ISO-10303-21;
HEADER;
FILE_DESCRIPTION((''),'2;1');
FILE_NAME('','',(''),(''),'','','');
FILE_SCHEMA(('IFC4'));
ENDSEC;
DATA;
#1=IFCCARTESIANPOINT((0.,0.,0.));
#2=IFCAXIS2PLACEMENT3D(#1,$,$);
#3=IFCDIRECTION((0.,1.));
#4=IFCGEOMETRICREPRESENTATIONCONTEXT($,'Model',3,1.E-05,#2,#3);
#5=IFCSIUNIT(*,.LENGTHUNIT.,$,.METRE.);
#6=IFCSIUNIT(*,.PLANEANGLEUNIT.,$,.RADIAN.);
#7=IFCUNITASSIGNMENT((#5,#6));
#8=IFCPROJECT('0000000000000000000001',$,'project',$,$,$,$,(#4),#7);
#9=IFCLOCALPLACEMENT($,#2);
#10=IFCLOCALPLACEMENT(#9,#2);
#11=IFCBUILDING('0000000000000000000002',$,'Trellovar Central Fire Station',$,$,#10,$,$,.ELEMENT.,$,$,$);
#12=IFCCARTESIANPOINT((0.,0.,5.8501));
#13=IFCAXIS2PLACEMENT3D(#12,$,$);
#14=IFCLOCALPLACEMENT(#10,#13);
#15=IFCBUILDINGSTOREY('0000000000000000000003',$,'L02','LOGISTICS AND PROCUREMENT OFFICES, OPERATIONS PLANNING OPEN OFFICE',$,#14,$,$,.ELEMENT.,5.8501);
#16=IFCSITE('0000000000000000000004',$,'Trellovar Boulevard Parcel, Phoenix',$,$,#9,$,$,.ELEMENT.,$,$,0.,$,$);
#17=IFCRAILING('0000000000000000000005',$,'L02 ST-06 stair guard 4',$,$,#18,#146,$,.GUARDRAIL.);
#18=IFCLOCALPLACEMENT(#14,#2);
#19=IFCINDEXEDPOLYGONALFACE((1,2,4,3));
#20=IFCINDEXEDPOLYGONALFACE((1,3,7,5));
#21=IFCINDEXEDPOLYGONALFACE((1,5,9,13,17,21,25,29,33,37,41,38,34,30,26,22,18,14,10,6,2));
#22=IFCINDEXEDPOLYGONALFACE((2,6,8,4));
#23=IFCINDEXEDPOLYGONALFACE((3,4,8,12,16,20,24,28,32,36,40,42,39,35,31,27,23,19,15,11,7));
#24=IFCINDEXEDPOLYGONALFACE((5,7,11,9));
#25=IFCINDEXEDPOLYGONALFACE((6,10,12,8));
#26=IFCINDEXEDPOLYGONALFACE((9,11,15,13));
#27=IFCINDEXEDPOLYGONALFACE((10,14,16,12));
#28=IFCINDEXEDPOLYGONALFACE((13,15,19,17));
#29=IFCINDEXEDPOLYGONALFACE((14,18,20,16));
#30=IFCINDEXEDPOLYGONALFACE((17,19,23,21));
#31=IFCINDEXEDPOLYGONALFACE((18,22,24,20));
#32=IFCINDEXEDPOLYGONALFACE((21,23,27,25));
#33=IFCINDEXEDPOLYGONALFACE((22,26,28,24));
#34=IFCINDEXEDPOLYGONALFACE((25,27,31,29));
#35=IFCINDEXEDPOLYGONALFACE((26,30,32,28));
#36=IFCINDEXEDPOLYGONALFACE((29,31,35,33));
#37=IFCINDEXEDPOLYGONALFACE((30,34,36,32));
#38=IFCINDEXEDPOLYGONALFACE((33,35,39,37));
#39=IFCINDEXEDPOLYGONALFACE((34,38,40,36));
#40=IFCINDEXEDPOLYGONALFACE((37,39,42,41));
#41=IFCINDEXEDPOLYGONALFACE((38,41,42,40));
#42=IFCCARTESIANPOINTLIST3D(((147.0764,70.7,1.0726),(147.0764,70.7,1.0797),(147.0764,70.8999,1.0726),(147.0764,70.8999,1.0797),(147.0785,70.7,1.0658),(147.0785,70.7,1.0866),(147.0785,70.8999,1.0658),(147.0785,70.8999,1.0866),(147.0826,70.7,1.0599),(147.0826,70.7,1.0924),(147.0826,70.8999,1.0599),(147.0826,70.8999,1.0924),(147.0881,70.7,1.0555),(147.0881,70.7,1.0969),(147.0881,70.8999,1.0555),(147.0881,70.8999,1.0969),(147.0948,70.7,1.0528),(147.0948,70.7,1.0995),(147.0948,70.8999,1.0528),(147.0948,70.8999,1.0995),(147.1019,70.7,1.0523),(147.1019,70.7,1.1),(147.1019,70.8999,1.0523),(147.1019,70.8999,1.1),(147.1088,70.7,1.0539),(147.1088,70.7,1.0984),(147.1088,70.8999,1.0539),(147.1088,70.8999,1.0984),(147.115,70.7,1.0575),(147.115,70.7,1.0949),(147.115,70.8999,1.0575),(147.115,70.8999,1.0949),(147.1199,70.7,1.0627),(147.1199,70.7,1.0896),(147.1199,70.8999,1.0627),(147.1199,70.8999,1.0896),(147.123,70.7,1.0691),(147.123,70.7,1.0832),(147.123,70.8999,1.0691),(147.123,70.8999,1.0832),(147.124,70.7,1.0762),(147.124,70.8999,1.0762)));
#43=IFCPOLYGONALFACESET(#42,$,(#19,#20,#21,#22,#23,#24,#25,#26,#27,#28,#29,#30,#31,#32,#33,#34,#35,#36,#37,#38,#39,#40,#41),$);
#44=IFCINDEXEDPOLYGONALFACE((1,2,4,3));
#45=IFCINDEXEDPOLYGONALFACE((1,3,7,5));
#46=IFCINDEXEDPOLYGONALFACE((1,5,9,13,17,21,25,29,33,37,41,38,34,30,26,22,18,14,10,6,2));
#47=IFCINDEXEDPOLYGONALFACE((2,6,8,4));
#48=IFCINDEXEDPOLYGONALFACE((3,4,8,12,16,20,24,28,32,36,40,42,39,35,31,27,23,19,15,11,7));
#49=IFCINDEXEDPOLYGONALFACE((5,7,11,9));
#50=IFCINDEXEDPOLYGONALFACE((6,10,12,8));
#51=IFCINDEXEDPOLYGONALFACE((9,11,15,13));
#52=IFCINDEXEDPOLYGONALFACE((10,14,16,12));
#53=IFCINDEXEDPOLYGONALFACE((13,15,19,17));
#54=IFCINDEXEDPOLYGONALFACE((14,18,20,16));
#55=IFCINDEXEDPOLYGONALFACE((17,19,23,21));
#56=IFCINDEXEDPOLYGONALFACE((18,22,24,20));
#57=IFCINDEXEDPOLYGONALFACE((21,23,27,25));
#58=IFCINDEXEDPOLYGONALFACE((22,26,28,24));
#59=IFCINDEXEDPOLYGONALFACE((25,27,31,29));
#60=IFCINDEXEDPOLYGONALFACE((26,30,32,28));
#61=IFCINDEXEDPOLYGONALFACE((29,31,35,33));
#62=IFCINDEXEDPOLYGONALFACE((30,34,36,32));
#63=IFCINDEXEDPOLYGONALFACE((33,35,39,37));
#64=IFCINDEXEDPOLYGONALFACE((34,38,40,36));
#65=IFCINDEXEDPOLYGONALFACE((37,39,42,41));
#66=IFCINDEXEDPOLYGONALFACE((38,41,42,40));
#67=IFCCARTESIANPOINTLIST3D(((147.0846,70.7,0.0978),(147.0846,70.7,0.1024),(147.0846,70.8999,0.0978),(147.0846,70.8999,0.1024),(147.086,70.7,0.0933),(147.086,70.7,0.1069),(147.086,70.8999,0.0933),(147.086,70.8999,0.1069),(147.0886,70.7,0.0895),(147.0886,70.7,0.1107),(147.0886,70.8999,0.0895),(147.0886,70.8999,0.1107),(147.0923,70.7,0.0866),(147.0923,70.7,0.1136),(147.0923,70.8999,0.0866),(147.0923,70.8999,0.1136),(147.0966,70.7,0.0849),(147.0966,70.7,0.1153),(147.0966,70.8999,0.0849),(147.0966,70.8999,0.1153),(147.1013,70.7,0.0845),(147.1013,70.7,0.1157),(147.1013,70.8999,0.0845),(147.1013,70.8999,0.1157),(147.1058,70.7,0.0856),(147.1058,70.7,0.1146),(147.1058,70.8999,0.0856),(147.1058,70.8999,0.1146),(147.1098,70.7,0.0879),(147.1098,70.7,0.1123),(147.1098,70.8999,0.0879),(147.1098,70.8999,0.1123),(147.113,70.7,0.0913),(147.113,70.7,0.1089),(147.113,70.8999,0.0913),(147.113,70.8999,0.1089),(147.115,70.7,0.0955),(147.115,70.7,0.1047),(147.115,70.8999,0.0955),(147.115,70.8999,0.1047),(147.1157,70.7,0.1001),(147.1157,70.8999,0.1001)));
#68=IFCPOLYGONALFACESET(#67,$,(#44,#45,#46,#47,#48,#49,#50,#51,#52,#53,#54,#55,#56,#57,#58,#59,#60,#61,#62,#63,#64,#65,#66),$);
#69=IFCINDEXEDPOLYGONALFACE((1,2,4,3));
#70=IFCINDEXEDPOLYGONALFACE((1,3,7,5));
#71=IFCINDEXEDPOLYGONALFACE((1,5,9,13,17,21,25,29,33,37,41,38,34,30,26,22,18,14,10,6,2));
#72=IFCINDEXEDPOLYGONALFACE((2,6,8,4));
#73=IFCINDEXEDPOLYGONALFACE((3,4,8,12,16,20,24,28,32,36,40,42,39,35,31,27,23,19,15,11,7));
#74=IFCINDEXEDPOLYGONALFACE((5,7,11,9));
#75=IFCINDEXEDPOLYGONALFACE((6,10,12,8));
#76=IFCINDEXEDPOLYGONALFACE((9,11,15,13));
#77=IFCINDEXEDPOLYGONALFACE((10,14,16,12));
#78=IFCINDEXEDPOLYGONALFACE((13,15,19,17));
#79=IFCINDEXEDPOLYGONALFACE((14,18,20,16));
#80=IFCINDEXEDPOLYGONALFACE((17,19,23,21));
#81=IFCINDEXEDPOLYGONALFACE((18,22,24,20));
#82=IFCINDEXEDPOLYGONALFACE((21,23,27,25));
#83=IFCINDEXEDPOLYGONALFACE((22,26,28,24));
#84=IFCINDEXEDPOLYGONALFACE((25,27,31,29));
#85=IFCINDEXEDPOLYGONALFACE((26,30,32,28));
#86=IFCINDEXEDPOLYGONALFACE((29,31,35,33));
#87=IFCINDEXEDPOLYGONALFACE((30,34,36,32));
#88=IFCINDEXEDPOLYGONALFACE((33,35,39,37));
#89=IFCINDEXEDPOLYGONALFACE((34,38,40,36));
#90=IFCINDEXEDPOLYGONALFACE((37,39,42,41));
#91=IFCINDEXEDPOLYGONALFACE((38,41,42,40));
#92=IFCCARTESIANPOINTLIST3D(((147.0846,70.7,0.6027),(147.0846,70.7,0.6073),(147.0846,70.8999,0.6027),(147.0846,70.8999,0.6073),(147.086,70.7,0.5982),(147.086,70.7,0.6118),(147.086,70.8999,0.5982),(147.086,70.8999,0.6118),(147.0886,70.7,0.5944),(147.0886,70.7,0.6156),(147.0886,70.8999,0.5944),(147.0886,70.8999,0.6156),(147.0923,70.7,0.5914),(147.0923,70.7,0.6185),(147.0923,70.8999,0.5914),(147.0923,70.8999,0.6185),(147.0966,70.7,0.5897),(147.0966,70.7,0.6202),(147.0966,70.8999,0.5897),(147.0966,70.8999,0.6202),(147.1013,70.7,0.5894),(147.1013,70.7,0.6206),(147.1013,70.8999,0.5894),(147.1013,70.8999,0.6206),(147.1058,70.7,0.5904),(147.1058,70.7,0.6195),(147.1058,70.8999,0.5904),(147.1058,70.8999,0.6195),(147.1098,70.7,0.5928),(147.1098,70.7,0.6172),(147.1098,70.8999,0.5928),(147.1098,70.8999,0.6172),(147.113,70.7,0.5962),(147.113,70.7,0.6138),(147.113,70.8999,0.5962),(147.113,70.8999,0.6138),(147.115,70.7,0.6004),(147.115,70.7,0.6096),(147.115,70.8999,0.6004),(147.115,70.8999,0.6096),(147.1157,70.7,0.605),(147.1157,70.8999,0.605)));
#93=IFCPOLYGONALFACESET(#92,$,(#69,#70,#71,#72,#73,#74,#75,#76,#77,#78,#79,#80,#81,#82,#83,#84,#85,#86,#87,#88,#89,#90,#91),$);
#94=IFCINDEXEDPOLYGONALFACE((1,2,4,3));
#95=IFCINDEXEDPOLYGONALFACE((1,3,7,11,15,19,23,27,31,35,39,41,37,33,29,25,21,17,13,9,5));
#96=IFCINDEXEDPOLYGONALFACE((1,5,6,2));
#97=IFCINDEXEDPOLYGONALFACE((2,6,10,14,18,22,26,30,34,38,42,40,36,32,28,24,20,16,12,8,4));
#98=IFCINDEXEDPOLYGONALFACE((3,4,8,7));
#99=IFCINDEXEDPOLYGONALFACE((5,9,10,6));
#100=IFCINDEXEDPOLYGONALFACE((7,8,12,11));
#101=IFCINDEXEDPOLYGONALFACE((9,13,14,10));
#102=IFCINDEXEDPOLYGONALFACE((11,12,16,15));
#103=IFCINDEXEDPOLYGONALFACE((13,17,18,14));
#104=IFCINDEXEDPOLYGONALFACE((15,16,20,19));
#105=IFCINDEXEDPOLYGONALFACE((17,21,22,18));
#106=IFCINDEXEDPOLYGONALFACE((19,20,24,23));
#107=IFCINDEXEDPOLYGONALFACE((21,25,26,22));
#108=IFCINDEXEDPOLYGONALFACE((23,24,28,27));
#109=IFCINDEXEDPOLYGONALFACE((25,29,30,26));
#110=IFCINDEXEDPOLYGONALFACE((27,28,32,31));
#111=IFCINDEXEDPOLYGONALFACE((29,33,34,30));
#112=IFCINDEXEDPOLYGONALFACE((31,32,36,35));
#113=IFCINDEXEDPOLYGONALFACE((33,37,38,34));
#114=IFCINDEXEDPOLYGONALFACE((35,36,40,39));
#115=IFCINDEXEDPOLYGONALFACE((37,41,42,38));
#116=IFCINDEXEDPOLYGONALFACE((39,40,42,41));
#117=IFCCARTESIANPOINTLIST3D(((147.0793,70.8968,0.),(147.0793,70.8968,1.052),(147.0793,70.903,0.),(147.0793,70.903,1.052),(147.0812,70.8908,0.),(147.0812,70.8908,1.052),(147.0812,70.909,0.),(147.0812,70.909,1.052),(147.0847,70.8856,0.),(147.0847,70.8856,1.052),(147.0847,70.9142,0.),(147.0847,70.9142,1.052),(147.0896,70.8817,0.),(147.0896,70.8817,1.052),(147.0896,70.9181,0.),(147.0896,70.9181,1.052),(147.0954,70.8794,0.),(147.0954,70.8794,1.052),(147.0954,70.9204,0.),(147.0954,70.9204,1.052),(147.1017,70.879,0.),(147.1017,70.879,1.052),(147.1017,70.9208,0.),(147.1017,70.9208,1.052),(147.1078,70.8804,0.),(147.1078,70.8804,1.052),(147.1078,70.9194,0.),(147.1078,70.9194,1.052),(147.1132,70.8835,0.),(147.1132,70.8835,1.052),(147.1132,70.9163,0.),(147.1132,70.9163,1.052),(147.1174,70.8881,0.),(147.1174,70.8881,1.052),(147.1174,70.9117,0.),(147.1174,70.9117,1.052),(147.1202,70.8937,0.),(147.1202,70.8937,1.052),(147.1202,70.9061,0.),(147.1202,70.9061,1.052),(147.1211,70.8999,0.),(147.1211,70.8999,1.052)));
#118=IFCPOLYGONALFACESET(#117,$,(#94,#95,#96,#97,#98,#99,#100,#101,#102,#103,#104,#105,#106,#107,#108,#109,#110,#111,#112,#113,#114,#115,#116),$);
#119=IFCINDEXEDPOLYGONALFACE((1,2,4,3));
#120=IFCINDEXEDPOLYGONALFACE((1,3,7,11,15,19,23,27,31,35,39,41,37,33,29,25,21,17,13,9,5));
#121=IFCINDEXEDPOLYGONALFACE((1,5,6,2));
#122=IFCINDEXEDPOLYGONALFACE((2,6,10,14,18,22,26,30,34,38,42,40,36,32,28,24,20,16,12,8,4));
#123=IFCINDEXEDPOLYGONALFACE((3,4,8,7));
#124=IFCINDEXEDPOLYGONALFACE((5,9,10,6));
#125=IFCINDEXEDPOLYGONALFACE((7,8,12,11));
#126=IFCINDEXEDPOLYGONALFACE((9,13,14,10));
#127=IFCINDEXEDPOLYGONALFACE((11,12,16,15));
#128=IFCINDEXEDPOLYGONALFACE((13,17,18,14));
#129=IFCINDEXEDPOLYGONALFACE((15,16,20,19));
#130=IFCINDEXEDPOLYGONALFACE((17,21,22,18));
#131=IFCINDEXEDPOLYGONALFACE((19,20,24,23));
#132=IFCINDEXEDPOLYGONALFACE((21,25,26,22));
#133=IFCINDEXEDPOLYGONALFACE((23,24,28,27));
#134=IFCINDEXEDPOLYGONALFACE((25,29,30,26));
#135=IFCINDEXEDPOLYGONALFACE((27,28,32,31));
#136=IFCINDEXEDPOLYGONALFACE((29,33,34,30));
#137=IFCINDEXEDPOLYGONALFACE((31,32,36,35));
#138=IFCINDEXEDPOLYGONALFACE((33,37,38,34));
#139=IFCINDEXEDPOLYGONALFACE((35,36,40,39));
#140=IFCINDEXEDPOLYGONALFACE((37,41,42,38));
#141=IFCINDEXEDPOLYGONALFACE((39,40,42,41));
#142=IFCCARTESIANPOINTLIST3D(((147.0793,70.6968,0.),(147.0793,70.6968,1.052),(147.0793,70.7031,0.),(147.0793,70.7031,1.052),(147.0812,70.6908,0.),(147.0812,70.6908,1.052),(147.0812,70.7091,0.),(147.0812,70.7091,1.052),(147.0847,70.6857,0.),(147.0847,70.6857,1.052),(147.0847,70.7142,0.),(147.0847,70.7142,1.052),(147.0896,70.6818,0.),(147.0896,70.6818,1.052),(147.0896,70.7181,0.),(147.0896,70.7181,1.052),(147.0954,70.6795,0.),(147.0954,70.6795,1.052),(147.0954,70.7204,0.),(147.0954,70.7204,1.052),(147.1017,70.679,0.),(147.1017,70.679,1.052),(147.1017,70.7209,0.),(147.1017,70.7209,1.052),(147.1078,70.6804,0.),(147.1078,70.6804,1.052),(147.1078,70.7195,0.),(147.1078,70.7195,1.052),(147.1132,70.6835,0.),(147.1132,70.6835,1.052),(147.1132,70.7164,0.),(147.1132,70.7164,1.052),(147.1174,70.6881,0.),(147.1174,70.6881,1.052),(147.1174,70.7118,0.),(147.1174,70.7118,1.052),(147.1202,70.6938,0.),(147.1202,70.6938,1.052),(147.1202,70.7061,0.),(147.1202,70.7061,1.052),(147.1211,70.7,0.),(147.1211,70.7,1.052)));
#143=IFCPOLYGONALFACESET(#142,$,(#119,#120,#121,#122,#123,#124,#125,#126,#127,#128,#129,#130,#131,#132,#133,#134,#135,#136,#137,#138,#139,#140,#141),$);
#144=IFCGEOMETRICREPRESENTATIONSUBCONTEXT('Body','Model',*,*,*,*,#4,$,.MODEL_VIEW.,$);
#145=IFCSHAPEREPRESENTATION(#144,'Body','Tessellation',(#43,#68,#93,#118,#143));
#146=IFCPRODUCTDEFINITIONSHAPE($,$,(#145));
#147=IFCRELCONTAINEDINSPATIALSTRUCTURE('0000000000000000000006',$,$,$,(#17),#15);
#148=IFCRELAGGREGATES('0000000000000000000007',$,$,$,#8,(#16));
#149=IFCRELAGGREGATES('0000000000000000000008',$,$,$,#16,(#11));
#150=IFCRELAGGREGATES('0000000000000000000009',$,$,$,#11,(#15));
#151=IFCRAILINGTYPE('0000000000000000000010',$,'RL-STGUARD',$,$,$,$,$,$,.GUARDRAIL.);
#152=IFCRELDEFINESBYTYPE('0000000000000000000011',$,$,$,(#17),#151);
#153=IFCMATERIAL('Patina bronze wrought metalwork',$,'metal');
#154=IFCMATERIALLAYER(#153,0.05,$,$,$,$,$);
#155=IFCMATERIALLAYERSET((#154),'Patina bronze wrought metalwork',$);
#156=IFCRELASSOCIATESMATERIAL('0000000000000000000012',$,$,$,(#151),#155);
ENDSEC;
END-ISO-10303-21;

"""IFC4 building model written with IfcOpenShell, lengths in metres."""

from ifc_helpers import new_model, si_unit, direction, frame, origin, origin_2d, place, context, subcontext, project, spatial, circle, extrude, material, layer, layer_set, type_object, element, save


model = new_model("IFC4")

# Units and contexts
model_context = context("Model", 3, precision=1e-05, world=origin(), true_north=direction((0.0, 1.0)))
body_context = subcontext(model_context, "Body", "Model", "MODEL_VIEW")
ifc_project = project(units=[si_unit("LENGTHUNIT", "METRE"), si_unit("PLANEANGLEUNIT", "RADIAN")], contexts=[model_context])

# Site, building, storey
site_placement = place(None, origin())
site = spatial("IfcSite", under=ifc_project, at=site_placement, Name="Trellovar Boulevard Parcel, Phoenix", CompositionType="ELEMENT", RefElevation=0.0)
building_placement = place(site_placement, origin())
building = spatial("IfcBuilding", under=site, at=building_placement, Name="Trellovar Central Fire Station", CompositionType="ELEMENT")
storey_placement = place(building_placement, frame((0.0, 0.0, 5.8501)))
storey = spatial("IfcBuildingStorey", under=building, at=storey_placement, Name="L02", Description="LOGISTICS AND PROCUREMENT OFFICES, OPERATIONS PLANNING OPEN OFFICE", CompositionType="ELEMENT", Elevation=5.8501)

# Railing
ifc_material_1 = material(Name="Patina bronze wrought metalwork", Category="metal")
ifc_layer_1 = layer(ifc_material_1, 0.05)
ifc_layer_set_1 = layer_set([ifc_layer_1], Name="Patina bronze wrought metalwork")
railing_type_1 = type_object("IfcRailingType", Name="RL-STGUARD", PredefinedType="GUARDRAIL", material=ifc_layer_set_1)
railing_1_placement = place(storey_placement, frame((147.1001, 70.8999, 0.0)))
element("IfcRailing", 1, at=railing_1_placement, inside=storey, type_object=railing_type_1, Name="L02 ST-06 stair guard 4", PredefinedType="GUARDRAIL", context=body_context, shape_type="SweptSolid", body=[
    extrude(circle(Radius=0.0239, at=origin_2d()), frame((0.0, 0.0, 1.0762), z_axis=(0.0, -1.0, 0.0), x_axis=(1.0, 0.0, 0.0)), (0.0, 0.0, 1.0), 0.2),
    extrude(circle(Radius=0.0156, at=origin_2d()), frame((0.0, 0.0, 0.1001), z_axis=(0.0, -1.0, 0.0), x_axis=(1.0, 0.0, 0.0)), (0.0, 0.0, 1.0), 0.2),
    extrude(circle(Radius=0.0156, at=origin_2d()), frame((0.0, 0.0, 0.605), z_axis=(0.0, -1.0, 0.0), x_axis=(1.0, 0.0, 0.0)), (0.0, 0.0, 1.0), 0.2),
    extrude(circle(Radius=0.021, at=origin_2d()), origin(), (0.0, 0.0, 1.0), 1.052),
    extrude(circle(Radius=0.021, at=origin_2d()), frame((0.0, -0.2, 0.0)), (0.0, 0.0, 1.0), 1.052),
])

save(model, "model.ifc")
